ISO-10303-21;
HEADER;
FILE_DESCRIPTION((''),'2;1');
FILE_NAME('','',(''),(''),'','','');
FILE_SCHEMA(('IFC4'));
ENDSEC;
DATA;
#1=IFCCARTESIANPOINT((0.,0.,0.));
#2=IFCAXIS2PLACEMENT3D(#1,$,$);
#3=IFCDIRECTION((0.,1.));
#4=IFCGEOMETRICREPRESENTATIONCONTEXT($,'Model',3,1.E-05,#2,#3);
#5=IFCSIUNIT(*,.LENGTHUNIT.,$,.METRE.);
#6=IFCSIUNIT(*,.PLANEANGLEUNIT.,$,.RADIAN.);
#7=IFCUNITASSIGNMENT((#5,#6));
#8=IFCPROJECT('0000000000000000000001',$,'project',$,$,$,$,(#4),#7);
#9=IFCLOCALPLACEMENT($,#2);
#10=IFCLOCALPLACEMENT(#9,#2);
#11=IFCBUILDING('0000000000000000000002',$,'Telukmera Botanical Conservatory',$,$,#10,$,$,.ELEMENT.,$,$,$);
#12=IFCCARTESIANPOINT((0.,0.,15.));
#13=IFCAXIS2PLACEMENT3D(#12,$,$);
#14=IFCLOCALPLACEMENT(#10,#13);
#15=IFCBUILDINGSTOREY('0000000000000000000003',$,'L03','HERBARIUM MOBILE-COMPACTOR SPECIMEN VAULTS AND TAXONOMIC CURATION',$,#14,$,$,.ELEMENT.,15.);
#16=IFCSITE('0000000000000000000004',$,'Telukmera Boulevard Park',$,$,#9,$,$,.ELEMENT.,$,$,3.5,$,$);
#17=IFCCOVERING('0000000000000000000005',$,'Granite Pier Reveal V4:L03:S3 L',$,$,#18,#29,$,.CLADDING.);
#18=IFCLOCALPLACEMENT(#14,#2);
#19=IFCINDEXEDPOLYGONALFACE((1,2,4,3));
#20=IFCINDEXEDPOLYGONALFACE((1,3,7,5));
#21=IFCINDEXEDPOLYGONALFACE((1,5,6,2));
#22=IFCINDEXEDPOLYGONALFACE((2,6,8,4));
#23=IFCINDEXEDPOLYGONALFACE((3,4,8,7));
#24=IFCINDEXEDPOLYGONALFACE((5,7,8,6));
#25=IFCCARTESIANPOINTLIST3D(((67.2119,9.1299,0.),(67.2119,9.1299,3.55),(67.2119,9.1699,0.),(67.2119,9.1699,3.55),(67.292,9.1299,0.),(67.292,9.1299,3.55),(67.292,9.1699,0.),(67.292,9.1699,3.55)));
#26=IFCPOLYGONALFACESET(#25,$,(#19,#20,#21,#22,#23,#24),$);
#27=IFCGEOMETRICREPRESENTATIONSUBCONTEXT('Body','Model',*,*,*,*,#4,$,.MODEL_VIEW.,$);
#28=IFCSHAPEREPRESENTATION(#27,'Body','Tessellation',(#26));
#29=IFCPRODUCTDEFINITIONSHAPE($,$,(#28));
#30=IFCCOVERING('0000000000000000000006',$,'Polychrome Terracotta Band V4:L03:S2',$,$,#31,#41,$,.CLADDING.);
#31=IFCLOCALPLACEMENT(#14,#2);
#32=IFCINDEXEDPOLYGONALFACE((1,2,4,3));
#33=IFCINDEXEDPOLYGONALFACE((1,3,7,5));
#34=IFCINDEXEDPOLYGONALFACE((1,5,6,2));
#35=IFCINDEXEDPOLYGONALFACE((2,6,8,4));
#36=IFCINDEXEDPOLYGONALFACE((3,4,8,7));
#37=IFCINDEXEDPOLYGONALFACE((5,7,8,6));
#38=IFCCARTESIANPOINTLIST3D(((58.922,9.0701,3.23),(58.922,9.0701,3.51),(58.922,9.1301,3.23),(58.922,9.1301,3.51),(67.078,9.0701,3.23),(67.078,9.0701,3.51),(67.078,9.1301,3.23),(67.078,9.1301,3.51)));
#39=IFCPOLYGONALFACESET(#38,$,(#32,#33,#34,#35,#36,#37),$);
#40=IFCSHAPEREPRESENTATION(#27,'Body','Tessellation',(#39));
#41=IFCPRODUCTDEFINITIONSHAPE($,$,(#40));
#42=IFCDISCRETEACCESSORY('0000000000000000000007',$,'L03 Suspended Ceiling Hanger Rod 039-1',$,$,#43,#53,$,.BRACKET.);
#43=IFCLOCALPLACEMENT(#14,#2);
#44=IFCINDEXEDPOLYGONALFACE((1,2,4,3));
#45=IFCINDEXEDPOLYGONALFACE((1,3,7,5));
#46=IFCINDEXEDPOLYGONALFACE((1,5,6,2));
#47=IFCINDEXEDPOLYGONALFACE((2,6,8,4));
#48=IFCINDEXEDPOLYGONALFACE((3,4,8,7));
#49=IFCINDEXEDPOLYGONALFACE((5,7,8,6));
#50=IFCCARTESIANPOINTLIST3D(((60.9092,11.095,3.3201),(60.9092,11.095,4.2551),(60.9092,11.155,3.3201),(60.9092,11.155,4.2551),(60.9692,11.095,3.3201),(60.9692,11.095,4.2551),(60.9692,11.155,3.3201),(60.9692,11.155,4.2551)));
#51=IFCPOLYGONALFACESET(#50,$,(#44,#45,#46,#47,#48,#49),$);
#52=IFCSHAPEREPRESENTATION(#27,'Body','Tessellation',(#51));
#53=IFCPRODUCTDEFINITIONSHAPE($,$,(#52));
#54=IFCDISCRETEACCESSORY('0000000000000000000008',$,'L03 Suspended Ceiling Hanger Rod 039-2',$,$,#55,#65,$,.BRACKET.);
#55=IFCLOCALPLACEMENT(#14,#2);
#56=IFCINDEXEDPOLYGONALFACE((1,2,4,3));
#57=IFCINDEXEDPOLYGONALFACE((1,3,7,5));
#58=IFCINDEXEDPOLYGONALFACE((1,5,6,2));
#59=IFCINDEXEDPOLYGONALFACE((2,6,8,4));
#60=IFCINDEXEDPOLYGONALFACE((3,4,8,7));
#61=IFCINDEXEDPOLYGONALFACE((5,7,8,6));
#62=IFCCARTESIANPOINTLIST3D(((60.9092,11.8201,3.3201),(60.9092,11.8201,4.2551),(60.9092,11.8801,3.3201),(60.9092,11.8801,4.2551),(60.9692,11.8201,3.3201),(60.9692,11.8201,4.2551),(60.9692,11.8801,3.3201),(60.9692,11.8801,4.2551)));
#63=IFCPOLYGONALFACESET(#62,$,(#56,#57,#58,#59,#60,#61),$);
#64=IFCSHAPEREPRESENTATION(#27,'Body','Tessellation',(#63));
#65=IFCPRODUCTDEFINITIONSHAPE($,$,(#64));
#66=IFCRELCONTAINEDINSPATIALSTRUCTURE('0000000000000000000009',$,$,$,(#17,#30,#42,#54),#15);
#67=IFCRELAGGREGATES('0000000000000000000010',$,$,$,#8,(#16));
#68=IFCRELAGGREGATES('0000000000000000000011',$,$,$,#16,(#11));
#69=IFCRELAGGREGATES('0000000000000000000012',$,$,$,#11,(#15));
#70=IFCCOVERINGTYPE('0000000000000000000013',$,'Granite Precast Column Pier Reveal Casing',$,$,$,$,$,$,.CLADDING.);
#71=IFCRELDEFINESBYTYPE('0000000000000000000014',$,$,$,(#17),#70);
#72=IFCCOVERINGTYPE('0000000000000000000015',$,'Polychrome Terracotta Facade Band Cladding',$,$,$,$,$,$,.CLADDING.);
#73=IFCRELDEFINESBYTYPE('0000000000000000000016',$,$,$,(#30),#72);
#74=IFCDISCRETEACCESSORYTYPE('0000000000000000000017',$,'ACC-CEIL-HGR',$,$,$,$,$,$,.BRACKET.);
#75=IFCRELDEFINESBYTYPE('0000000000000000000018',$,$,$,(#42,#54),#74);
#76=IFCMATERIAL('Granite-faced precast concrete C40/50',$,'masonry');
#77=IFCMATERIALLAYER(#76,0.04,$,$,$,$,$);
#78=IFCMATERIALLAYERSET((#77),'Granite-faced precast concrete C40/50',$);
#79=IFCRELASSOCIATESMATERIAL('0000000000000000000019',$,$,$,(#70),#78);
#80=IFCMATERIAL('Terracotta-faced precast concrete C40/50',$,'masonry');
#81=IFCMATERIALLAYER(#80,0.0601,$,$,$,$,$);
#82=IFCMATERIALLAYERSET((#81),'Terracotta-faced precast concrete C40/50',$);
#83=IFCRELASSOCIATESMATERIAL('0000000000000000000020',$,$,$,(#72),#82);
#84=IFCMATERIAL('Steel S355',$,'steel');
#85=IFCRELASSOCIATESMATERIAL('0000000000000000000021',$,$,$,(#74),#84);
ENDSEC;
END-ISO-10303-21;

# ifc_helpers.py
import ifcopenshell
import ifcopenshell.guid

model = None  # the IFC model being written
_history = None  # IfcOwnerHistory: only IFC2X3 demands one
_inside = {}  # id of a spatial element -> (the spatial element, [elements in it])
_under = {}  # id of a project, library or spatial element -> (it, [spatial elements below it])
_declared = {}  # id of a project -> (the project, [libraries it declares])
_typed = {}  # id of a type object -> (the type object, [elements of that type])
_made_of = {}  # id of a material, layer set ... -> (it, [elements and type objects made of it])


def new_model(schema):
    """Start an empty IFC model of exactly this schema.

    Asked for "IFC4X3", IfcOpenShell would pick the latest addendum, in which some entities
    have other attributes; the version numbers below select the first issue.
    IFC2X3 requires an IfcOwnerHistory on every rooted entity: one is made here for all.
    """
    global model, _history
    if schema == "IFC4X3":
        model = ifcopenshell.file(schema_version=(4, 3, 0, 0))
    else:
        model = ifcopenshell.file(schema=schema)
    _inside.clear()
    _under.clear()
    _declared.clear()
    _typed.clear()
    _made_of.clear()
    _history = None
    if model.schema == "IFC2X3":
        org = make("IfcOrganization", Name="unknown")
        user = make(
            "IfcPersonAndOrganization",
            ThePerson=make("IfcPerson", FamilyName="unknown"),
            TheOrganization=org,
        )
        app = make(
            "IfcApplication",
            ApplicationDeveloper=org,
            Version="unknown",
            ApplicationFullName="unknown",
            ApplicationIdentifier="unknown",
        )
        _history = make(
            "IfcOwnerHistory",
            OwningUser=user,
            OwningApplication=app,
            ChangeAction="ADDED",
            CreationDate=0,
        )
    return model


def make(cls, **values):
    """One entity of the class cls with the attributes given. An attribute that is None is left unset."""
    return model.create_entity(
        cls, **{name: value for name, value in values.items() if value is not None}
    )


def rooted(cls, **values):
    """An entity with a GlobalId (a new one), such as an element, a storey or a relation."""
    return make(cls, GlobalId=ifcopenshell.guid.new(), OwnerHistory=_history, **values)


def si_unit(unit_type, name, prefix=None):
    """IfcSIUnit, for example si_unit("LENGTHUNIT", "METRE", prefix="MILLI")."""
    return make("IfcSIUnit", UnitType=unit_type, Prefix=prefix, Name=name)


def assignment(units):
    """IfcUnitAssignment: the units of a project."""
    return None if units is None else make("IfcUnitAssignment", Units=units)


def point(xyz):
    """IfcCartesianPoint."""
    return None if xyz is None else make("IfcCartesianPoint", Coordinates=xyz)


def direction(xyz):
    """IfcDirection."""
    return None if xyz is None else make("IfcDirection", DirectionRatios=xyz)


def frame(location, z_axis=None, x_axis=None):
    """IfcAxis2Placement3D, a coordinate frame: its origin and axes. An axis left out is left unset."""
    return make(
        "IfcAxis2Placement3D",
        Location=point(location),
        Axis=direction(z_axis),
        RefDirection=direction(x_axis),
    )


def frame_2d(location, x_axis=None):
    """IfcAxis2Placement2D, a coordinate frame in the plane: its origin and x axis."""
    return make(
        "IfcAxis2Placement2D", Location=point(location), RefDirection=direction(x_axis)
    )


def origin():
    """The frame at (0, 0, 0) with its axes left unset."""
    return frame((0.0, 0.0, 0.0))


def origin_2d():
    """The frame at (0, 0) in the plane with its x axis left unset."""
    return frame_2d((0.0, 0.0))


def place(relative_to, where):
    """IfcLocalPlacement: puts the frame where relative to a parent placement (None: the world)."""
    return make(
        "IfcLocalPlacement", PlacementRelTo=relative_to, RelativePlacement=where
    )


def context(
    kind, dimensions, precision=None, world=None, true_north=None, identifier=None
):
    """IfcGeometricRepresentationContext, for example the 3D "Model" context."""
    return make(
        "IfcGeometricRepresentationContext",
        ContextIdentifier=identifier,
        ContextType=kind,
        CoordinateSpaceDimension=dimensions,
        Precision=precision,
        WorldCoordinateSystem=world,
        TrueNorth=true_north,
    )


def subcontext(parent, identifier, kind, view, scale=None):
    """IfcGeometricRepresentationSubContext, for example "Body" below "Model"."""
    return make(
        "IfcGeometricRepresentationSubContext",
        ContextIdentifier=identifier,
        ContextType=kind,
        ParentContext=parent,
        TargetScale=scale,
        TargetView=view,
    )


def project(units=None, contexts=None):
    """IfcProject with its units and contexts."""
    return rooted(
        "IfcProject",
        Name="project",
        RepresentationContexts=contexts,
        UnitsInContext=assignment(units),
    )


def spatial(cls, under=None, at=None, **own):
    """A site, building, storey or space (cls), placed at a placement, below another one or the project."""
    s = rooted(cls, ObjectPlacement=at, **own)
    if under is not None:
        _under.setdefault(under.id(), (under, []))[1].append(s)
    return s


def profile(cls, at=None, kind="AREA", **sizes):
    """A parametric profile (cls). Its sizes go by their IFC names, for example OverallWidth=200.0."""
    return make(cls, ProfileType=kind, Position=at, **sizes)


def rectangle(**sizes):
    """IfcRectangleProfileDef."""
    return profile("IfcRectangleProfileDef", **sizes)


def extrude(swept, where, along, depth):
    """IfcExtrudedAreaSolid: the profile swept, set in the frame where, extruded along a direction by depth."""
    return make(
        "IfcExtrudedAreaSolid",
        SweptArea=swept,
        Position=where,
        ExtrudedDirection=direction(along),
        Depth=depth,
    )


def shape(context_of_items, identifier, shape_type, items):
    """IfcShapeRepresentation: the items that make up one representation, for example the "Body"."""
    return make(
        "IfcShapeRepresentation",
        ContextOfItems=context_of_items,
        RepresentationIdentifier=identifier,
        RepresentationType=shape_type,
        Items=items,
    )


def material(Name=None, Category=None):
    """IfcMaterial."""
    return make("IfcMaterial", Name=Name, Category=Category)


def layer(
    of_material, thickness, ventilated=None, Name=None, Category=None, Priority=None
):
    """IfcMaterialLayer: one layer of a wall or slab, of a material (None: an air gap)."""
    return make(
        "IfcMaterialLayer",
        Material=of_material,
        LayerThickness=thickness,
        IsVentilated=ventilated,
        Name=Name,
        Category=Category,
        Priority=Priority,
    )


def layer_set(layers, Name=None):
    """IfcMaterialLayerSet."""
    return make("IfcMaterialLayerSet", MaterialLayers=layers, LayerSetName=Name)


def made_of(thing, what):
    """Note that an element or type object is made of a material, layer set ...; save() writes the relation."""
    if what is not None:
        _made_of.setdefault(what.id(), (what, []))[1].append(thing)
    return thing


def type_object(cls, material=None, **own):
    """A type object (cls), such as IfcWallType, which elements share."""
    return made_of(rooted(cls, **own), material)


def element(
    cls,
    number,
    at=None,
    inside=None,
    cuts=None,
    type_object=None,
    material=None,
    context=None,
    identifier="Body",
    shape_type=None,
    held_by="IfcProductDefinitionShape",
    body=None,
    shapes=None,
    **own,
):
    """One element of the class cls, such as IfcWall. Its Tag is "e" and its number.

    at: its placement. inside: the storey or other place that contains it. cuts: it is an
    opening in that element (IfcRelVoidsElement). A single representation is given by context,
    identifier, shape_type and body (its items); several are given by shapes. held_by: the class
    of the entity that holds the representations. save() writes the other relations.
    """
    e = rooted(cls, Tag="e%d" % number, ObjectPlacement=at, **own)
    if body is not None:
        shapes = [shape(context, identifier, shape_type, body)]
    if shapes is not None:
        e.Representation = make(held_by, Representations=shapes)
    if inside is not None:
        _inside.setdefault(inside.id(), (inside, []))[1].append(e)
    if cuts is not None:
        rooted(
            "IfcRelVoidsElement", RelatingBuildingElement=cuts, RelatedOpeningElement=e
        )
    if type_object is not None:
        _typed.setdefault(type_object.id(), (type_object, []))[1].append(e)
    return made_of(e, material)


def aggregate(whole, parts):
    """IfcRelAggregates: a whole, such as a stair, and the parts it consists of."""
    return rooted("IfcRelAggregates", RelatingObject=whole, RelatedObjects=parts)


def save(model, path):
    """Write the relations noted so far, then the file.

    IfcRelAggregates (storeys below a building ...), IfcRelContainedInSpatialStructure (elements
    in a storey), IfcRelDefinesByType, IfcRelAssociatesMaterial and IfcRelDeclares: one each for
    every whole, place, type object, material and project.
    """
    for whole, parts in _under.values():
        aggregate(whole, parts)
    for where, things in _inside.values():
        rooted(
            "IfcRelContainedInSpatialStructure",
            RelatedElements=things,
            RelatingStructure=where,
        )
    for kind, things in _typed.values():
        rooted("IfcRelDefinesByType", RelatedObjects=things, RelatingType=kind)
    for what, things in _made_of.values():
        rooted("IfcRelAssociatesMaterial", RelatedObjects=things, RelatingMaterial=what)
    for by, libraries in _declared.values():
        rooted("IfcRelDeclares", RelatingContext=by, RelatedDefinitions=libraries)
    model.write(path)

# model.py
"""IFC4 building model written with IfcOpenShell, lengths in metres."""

from ifc_helpers import new_model, si_unit, direction, frame, origin, origin_2d, place, context, subcontext, project, spatial, rectangle, extrude, material, layer, layer_set, type_object, element, save


model = new_model("IFC4")

# Units and contexts
model_context = context("Model", 3, precision=1e-05, world=origin(), true_north=direction((0.0, 1.0)))
body_context = subcontext(model_context, "Body", "Model", "MODEL_VIEW")
ifc_project = project(units=[si_unit("LENGTHUNIT", "METRE"), si_unit("PLANEANGLEUNIT", "RADIAN")], contexts=[model_context])

# Site, building, storey
site_placement = place(None, origin())
site = spatial("IfcSite", under=ifc_project, at=site_placement, Name="Telukmera Boulevard Park", CompositionType="ELEMENT", RefElevation=3.5)
building_placement = place(site_placement, origin())
building = spatial("IfcBuilding", under=site, at=building_placement, Name="Telukmera Botanical Conservatory", CompositionType="ELEMENT")
storey_placement = place(building_placement, frame((0.0, 0.0, 15.0)))
storey = spatial("IfcBuildingStorey", under=building, at=storey_placement, Name="L03", Description="HERBARIUM MOBILE-COMPACTOR SPECIMEN VAULTS AND TAXONOMIC CURATION", CompositionType="ELEMENT", Elevation=15.0)

# Shared definitions
ifc_material_1 = material(Name="Terracotta-faced precast concrete C40/50", Category="masonry")

# Coverings
ifc_material_2 = material(Name="Granite-faced precast concrete C40/50", Category="masonry")
ifc_layer_1 = layer(ifc_material_2, 0.04)
ifc_layer_set_1 = layer_set([ifc_layer_1], Name="Granite-faced precast concrete C40/50")
covering_type_1 = type_object("IfcCoveringType", Name="Granite Precast Column Pier Reveal Casing", PredefinedType="CLADDING", material=ifc_layer_set_1)
for number, where, z_axis, x_axis, name in (
    (1, (67.252, 9.1499, 0.0), (0.0, 0.0, 1.0), (1.0, 0.0, 0.0), "Granite Pier Reveal V4:L03:S3 L"),
):
    element("IfcCovering", number, at=place(storey_placement, frame(where, z_axis=z_axis, x_axis=x_axis)), inside=storey, type_object=covering_type_1, Name=name, PredefinedType="CLADDING", context=body_context, shape_type="SweptSolid", body=[
        extrude(rectangle(XDim=0.0801, YDim=0.04, at=origin_2d()), origin(), (0.0, 0.0, 1.0), 3.55),
    ])
ifc_layer_2 = layer(ifc_material_1, 0.0601)
ifc_layer_set_2 = layer_set([ifc_layer_2], Name="Terracotta-faced precast concrete C40/50")
covering_type_2 = type_object("IfcCoveringType", Name="Polychrome Terracotta Facade Band Cladding", PredefinedType="CLADDING", material=ifc_layer_set_2)
covering_placement = place(storey_placement, frame((63.0, 9.1001, 3.23), z_axis=(0.0, 0.0, 1.0), x_axis=(1.0, 0.0, 0.0)))
element("IfcCovering", 2, at=covering_placement, inside=storey, type_object=covering_type_2, Name="Polychrome Terracotta Band V4:L03:S2", PredefinedType="CLADDING", context=body_context, shape_type="SweptSolid", body=[
    extrude(rectangle(XDim=8.156, YDim=0.0601, at=origin_2d()), origin(), (0.0, 0.0, 1.0), 0.28),
])

# Discrete accessories
ifc_material_3 = material(Name="Steel S355", Category="steel")
discrete_accessory_type = type_object("IfcDiscreteAccessoryType", Name="ACC-CEIL-HGR", PredefinedType="BRACKET", material=ifc_material_3)
for number, where, z_axis, x_axis, name in (
    (3, (60.9392, 11.125, 3.3201), (0.0, 0.0, 1.0), (1.0, 0.0, 0.0), "L03 Suspended Ceiling Hanger Rod 039-1"),
    (4, (60.9392, 11.8501, 3.3201), (0.0, 0.0, 1.0), (1.0, 0.0, 0.0), "L03 Suspended Ceiling Hanger Rod 039-2"),
):
    element("IfcDiscreteAccessory", number, at=place(storey_placement, frame(where, z_axis=z_axis, x_axis=x_axis)), inside=storey, type_object=discrete_accessory_type, Name=name, PredefinedType="BRACKET", context=body_context, shape_type="SweptSolid", body=[
        extrude(rectangle(XDim=0.0601, YDim=0.0601, at=origin_2d()), origin(), (0.0, 0.0, 1.0), 0.9351),
    ])

save(model, "model.ifc")
